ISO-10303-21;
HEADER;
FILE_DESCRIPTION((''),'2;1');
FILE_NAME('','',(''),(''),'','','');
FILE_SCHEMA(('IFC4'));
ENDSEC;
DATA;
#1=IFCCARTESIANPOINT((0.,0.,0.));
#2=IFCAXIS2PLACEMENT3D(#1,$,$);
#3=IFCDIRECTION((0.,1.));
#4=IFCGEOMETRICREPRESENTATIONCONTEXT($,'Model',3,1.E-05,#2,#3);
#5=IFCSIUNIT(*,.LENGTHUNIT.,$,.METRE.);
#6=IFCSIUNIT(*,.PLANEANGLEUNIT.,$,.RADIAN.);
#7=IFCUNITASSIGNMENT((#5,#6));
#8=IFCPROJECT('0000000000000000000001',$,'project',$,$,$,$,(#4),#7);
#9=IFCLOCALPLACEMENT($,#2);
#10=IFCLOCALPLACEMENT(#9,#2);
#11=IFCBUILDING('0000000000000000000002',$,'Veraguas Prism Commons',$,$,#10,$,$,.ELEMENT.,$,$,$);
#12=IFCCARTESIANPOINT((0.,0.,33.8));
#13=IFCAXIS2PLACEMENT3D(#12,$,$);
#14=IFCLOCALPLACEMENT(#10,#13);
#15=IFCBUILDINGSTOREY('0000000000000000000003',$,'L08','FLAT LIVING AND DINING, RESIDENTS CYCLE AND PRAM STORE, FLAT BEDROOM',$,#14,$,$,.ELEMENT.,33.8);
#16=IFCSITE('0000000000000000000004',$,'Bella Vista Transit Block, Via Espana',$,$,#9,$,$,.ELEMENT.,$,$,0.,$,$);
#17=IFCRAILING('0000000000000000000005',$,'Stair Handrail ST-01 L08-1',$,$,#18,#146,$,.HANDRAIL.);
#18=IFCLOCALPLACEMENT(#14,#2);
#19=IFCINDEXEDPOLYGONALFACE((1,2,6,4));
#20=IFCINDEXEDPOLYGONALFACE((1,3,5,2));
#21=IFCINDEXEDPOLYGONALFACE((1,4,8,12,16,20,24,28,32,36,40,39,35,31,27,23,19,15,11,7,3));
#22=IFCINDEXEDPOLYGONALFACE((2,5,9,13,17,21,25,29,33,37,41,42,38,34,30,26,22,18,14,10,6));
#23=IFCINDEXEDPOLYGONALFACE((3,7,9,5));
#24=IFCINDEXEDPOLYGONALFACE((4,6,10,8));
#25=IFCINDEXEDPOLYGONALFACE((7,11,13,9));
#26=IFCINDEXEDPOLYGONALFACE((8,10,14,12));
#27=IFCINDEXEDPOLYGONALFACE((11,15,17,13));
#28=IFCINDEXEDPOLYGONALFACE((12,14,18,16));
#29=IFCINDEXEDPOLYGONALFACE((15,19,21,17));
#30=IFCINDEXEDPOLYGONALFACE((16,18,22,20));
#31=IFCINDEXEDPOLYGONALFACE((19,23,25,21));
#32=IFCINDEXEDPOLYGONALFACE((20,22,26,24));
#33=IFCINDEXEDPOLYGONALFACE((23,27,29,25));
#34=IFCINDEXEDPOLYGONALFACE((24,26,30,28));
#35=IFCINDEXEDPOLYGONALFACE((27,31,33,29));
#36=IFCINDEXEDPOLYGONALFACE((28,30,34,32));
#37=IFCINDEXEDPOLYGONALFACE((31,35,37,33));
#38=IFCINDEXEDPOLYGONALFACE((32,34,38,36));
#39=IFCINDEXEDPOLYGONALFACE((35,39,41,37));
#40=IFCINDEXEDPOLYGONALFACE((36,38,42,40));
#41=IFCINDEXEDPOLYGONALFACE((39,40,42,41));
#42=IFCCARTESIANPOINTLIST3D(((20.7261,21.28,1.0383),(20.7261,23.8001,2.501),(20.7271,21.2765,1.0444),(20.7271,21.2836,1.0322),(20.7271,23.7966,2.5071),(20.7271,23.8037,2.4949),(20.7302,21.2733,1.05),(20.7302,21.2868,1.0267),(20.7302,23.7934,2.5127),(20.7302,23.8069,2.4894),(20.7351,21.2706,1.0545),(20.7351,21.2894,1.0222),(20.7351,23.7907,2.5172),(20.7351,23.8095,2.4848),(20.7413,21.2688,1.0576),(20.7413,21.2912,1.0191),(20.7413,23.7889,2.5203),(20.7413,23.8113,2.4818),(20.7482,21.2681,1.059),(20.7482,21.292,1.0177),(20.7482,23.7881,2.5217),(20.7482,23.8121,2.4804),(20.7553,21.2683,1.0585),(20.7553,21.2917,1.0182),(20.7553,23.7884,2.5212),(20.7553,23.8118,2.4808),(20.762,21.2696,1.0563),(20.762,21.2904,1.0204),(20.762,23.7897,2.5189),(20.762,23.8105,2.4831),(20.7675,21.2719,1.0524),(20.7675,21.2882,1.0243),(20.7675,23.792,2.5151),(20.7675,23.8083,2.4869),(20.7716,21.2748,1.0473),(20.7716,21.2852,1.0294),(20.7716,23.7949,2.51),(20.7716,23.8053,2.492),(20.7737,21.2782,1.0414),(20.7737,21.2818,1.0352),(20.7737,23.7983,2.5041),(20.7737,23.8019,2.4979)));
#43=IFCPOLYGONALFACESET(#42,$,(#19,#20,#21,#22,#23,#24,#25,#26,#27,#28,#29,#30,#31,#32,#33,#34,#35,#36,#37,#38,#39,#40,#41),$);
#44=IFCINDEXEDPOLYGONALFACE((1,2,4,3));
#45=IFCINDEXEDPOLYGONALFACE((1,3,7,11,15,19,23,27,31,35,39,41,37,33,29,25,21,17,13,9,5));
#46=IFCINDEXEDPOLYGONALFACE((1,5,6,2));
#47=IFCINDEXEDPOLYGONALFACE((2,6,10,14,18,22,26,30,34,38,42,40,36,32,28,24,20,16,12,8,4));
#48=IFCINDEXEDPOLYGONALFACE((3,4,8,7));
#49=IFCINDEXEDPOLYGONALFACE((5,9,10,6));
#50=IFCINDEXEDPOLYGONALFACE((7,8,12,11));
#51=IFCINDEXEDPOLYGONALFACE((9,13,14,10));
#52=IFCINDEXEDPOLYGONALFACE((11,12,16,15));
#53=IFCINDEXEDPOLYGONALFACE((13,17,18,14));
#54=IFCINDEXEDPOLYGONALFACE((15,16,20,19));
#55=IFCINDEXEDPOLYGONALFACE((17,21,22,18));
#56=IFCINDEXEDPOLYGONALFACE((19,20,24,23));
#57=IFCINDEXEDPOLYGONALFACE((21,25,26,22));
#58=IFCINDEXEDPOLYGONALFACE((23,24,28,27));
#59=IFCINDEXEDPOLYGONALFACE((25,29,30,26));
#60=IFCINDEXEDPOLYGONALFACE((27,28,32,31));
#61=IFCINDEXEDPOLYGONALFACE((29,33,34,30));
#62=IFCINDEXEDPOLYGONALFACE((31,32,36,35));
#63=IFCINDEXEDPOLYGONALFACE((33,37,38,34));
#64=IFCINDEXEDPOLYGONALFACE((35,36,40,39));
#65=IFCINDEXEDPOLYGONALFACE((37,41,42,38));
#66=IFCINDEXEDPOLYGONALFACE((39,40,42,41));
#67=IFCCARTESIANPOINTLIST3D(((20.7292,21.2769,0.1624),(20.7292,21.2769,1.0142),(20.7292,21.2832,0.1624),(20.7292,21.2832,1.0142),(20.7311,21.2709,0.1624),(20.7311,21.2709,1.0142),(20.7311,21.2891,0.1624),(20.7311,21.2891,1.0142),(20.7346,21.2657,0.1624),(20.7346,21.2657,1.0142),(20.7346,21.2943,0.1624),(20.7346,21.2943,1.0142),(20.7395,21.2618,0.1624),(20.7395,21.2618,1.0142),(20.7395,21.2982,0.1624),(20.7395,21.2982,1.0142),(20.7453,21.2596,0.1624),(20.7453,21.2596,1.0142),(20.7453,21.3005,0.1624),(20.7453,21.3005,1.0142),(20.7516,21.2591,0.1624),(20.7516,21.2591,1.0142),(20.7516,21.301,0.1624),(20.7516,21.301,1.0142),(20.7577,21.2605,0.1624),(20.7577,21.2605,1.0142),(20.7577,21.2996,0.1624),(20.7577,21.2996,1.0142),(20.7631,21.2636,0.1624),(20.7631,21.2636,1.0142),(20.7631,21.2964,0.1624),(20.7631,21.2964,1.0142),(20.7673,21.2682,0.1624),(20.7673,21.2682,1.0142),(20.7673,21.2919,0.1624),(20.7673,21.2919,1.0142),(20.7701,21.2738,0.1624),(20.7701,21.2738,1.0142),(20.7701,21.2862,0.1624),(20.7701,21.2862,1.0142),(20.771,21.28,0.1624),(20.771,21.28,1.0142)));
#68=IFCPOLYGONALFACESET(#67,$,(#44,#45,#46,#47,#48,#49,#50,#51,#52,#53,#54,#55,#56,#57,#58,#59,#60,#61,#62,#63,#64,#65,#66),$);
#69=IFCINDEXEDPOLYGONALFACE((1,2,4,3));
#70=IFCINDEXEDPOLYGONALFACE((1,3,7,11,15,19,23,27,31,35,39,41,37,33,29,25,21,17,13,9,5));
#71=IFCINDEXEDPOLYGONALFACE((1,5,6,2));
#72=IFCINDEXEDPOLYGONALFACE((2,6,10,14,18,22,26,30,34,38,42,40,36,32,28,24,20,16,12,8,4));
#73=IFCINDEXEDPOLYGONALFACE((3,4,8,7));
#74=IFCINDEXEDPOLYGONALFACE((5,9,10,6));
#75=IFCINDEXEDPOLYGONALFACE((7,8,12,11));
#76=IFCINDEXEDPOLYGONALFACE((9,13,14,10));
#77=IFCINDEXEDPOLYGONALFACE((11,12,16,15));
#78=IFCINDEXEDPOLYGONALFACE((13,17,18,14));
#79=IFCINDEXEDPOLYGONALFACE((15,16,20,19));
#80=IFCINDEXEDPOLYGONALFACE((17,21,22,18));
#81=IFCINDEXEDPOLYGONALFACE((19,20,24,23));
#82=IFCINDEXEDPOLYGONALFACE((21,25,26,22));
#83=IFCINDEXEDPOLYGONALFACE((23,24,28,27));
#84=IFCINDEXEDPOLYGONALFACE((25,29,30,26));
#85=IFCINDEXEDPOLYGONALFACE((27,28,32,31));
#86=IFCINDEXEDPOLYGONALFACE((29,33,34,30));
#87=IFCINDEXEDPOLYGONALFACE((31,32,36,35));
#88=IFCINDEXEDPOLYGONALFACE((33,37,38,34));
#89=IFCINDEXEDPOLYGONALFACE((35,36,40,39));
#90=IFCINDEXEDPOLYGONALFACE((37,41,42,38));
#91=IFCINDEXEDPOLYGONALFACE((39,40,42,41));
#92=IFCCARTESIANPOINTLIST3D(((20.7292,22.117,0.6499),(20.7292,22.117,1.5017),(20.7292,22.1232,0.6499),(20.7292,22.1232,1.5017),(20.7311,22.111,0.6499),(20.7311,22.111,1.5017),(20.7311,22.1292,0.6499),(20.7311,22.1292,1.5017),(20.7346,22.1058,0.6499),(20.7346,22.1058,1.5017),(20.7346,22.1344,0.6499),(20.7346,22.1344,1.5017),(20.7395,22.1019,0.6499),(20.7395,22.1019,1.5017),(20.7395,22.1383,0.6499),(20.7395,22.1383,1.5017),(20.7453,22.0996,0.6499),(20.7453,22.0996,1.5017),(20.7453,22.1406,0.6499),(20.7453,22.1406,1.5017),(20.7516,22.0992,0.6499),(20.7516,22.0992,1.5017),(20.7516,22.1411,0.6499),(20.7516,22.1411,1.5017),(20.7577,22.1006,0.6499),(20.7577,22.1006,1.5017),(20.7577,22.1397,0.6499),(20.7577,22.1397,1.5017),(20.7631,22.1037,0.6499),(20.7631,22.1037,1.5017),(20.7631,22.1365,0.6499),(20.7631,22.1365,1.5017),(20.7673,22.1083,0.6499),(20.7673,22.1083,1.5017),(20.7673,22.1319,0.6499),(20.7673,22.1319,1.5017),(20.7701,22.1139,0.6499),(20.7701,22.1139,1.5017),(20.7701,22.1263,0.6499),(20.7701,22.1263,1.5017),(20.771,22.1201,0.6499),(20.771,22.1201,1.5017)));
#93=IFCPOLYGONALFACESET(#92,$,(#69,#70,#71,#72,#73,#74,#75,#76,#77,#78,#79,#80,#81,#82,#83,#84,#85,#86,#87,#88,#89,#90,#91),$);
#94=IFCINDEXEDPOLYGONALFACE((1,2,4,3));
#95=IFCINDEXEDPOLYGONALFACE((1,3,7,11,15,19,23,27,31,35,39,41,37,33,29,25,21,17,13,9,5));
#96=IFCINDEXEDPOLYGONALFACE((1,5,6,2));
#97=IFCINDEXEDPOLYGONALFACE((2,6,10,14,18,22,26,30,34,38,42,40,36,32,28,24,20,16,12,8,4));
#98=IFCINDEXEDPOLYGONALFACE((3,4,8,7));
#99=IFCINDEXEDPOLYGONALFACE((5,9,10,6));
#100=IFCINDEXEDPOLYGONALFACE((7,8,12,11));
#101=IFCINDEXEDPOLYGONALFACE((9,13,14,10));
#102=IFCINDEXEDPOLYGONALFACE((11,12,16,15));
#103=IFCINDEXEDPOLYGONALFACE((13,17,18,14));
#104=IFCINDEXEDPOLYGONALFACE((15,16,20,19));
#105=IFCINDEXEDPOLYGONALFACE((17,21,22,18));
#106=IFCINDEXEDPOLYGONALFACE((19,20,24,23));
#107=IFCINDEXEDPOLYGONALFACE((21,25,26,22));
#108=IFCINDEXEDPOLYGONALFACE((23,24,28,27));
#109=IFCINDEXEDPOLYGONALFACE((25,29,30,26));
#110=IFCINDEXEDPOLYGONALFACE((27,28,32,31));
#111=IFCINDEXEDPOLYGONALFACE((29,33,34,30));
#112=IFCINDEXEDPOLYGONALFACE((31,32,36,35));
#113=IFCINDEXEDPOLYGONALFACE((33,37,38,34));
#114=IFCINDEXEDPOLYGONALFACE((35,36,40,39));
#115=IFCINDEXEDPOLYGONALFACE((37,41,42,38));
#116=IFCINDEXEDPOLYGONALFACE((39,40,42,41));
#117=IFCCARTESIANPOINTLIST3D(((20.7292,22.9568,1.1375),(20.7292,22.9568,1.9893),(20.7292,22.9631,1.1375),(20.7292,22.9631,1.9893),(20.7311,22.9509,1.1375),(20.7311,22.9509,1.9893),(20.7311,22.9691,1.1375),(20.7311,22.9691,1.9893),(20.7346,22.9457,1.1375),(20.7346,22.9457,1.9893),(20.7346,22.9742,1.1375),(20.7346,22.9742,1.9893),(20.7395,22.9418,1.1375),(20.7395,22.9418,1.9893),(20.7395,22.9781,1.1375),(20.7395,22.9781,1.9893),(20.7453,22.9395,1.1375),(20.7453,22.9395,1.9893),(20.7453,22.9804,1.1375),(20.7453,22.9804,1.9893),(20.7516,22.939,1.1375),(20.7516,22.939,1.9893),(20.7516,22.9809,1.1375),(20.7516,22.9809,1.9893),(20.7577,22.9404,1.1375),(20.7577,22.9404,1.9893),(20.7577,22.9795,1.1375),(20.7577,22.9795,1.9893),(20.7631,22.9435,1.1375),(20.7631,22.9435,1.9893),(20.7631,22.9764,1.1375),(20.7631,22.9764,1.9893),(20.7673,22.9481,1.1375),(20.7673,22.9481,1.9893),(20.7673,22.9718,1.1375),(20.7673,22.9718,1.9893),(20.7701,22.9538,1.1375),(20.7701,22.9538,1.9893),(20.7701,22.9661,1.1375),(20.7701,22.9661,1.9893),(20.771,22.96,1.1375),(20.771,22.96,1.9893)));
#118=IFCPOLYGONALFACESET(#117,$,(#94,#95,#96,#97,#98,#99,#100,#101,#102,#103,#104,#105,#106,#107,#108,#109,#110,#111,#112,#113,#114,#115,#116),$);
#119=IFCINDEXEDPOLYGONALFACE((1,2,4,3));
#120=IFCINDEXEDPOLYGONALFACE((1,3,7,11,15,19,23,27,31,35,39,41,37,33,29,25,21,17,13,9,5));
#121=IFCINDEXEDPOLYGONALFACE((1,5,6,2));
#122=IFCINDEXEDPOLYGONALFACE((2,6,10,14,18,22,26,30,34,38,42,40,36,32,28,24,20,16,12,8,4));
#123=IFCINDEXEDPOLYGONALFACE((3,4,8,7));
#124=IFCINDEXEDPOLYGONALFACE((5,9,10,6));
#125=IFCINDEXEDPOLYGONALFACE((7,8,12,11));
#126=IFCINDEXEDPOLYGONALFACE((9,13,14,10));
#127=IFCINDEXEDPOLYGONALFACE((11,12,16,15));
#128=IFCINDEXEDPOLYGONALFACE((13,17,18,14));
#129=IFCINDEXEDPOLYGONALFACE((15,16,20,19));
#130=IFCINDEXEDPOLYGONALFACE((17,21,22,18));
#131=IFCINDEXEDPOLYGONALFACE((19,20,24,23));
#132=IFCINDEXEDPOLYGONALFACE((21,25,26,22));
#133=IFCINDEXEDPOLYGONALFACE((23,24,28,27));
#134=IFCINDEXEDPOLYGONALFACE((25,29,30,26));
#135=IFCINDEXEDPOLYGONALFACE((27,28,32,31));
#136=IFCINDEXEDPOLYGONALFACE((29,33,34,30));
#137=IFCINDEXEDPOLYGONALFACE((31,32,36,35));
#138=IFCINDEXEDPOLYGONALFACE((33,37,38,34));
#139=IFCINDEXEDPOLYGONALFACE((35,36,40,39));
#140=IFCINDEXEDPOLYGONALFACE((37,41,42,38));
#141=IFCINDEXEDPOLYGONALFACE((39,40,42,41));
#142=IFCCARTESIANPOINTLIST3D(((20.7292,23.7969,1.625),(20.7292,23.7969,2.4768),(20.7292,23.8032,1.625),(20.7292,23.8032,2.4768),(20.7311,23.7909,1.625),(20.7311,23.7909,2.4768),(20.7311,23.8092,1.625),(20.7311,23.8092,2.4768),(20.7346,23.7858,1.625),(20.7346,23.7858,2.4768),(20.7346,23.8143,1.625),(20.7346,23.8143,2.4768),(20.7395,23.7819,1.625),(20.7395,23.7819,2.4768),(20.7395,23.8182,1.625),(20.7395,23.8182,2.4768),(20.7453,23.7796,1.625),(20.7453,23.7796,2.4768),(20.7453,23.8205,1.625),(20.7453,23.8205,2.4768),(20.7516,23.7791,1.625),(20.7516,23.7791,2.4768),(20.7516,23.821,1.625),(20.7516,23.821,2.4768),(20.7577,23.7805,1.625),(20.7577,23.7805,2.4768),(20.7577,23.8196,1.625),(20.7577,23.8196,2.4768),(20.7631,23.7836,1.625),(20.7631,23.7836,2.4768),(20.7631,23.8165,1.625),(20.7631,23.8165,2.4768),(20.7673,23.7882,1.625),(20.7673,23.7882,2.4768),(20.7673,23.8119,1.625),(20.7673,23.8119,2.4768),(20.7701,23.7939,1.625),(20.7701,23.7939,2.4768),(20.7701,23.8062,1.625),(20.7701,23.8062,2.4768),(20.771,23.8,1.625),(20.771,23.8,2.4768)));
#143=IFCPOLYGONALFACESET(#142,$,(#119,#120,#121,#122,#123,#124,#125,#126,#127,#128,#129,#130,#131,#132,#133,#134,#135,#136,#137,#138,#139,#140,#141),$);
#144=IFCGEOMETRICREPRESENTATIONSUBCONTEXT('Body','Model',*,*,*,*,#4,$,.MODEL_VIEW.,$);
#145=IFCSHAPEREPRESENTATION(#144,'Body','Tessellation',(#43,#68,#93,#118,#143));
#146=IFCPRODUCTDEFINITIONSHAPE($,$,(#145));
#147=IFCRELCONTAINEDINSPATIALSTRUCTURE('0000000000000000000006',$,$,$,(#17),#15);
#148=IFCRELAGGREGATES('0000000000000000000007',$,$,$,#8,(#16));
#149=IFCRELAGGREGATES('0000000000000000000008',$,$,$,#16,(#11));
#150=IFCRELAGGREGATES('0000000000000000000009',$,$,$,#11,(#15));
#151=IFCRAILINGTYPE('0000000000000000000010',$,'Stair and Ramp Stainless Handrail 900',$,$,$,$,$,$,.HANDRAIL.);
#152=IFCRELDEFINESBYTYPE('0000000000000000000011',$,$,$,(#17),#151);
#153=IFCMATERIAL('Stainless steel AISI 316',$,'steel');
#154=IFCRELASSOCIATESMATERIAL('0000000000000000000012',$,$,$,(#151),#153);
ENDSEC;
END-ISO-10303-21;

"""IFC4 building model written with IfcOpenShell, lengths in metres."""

from ifc_helpers import new_model, si_unit, direction, frame, origin, origin_2d, place, context, subcontext, project, spatial, circle, extrude, material, type_object, element, save


model = new_model("IFC4")

# Units and contexts
model_context = context("Model", 3, precision=1e-05, world=origin(), true_north=direction((0.0, 1.0)))
body_context = subcontext(model_context, "Body", "Model", "MODEL_VIEW")
ifc_project = project(units=[si_unit("LENGTHUNIT", "METRE"), si_unit("PLANEANGLEUNIT", "RADIAN")], contexts=[model_context])

# Site, building, storey
site_placement = place(None, origin())
site = spatial("IfcSite", under=ifc_project, at=site_placement, Name="Bella Vista Transit Block, Via Espana", CompositionType="ELEMENT", RefElevation=0.0)
building_placement = place(site_placement, origin())
building = spatial("IfcBuilding", under=site, at=building_placement, Name="Veraguas Prism Commons", CompositionType="ELEMENT")
storey_placement = place(building_placement, frame((0.0, 0.0, 33.8)))
storey = spatial("IfcBuildingStorey", under=building, at=storey_placement, Name="L08", Description="FLAT LIVING AND DINING, RESIDENTS CYCLE AND PRAM STORE, FLAT BEDROOM", CompositionType="ELEMENT", Elevation=33.8)

# Railing
ifc_material_1 = material(Name="Stainless steel AISI 316", Category="steel")
railing_type_1 = type_object("IfcRailingType", Name="Stair and Ramp Stainless Handrail 900", PredefinedType="HANDRAIL", material=ifc_material_1)
railing_1_placement = place(storey_placement, frame((20.75, 21.28, 0.1624)))
element("IfcRailing", 1, at=railing_1_placement, inside=storey, type_object=railing_type_1, Name="Stair Handrail ST-01 L08-1", PredefinedType="HANDRAIL", context=body_context, shape_type="SweptSolid", body=[
    extrude(circle(Radius=0.0239, at=origin_2d()), frame((0.0, 0.0, 0.876), z_axis=(0.0, 0.864877, 0.501984), x_axis=(-1.0, 0.0, 0.0)), (0.0, 0.0, 1.0), 2.9138),
    extrude(circle(Radius=0.021, at=origin_2d()), origin(), (0.0, 0.0, 1.0), 0.8518),
    extrude(circle(Radius=0.021, at=origin_2d()), frame((0.0, 0.8401, 0.4875)), (0.0, 0.0, 1.0), 0.8518),
    extrude(circle(Radius=0.021, at=origin_2d()), frame((0.0, 1.6799, 0.9751)), (0.0, 0.0, 1.0), 0.8518),
    extrude(circle(Radius=0.021, at=origin_2d()), frame((0.0, 2.52, 1.4626)), (0.0, 0.0, 1.0), 0.8518),
])

save(model, "model.ifc")
